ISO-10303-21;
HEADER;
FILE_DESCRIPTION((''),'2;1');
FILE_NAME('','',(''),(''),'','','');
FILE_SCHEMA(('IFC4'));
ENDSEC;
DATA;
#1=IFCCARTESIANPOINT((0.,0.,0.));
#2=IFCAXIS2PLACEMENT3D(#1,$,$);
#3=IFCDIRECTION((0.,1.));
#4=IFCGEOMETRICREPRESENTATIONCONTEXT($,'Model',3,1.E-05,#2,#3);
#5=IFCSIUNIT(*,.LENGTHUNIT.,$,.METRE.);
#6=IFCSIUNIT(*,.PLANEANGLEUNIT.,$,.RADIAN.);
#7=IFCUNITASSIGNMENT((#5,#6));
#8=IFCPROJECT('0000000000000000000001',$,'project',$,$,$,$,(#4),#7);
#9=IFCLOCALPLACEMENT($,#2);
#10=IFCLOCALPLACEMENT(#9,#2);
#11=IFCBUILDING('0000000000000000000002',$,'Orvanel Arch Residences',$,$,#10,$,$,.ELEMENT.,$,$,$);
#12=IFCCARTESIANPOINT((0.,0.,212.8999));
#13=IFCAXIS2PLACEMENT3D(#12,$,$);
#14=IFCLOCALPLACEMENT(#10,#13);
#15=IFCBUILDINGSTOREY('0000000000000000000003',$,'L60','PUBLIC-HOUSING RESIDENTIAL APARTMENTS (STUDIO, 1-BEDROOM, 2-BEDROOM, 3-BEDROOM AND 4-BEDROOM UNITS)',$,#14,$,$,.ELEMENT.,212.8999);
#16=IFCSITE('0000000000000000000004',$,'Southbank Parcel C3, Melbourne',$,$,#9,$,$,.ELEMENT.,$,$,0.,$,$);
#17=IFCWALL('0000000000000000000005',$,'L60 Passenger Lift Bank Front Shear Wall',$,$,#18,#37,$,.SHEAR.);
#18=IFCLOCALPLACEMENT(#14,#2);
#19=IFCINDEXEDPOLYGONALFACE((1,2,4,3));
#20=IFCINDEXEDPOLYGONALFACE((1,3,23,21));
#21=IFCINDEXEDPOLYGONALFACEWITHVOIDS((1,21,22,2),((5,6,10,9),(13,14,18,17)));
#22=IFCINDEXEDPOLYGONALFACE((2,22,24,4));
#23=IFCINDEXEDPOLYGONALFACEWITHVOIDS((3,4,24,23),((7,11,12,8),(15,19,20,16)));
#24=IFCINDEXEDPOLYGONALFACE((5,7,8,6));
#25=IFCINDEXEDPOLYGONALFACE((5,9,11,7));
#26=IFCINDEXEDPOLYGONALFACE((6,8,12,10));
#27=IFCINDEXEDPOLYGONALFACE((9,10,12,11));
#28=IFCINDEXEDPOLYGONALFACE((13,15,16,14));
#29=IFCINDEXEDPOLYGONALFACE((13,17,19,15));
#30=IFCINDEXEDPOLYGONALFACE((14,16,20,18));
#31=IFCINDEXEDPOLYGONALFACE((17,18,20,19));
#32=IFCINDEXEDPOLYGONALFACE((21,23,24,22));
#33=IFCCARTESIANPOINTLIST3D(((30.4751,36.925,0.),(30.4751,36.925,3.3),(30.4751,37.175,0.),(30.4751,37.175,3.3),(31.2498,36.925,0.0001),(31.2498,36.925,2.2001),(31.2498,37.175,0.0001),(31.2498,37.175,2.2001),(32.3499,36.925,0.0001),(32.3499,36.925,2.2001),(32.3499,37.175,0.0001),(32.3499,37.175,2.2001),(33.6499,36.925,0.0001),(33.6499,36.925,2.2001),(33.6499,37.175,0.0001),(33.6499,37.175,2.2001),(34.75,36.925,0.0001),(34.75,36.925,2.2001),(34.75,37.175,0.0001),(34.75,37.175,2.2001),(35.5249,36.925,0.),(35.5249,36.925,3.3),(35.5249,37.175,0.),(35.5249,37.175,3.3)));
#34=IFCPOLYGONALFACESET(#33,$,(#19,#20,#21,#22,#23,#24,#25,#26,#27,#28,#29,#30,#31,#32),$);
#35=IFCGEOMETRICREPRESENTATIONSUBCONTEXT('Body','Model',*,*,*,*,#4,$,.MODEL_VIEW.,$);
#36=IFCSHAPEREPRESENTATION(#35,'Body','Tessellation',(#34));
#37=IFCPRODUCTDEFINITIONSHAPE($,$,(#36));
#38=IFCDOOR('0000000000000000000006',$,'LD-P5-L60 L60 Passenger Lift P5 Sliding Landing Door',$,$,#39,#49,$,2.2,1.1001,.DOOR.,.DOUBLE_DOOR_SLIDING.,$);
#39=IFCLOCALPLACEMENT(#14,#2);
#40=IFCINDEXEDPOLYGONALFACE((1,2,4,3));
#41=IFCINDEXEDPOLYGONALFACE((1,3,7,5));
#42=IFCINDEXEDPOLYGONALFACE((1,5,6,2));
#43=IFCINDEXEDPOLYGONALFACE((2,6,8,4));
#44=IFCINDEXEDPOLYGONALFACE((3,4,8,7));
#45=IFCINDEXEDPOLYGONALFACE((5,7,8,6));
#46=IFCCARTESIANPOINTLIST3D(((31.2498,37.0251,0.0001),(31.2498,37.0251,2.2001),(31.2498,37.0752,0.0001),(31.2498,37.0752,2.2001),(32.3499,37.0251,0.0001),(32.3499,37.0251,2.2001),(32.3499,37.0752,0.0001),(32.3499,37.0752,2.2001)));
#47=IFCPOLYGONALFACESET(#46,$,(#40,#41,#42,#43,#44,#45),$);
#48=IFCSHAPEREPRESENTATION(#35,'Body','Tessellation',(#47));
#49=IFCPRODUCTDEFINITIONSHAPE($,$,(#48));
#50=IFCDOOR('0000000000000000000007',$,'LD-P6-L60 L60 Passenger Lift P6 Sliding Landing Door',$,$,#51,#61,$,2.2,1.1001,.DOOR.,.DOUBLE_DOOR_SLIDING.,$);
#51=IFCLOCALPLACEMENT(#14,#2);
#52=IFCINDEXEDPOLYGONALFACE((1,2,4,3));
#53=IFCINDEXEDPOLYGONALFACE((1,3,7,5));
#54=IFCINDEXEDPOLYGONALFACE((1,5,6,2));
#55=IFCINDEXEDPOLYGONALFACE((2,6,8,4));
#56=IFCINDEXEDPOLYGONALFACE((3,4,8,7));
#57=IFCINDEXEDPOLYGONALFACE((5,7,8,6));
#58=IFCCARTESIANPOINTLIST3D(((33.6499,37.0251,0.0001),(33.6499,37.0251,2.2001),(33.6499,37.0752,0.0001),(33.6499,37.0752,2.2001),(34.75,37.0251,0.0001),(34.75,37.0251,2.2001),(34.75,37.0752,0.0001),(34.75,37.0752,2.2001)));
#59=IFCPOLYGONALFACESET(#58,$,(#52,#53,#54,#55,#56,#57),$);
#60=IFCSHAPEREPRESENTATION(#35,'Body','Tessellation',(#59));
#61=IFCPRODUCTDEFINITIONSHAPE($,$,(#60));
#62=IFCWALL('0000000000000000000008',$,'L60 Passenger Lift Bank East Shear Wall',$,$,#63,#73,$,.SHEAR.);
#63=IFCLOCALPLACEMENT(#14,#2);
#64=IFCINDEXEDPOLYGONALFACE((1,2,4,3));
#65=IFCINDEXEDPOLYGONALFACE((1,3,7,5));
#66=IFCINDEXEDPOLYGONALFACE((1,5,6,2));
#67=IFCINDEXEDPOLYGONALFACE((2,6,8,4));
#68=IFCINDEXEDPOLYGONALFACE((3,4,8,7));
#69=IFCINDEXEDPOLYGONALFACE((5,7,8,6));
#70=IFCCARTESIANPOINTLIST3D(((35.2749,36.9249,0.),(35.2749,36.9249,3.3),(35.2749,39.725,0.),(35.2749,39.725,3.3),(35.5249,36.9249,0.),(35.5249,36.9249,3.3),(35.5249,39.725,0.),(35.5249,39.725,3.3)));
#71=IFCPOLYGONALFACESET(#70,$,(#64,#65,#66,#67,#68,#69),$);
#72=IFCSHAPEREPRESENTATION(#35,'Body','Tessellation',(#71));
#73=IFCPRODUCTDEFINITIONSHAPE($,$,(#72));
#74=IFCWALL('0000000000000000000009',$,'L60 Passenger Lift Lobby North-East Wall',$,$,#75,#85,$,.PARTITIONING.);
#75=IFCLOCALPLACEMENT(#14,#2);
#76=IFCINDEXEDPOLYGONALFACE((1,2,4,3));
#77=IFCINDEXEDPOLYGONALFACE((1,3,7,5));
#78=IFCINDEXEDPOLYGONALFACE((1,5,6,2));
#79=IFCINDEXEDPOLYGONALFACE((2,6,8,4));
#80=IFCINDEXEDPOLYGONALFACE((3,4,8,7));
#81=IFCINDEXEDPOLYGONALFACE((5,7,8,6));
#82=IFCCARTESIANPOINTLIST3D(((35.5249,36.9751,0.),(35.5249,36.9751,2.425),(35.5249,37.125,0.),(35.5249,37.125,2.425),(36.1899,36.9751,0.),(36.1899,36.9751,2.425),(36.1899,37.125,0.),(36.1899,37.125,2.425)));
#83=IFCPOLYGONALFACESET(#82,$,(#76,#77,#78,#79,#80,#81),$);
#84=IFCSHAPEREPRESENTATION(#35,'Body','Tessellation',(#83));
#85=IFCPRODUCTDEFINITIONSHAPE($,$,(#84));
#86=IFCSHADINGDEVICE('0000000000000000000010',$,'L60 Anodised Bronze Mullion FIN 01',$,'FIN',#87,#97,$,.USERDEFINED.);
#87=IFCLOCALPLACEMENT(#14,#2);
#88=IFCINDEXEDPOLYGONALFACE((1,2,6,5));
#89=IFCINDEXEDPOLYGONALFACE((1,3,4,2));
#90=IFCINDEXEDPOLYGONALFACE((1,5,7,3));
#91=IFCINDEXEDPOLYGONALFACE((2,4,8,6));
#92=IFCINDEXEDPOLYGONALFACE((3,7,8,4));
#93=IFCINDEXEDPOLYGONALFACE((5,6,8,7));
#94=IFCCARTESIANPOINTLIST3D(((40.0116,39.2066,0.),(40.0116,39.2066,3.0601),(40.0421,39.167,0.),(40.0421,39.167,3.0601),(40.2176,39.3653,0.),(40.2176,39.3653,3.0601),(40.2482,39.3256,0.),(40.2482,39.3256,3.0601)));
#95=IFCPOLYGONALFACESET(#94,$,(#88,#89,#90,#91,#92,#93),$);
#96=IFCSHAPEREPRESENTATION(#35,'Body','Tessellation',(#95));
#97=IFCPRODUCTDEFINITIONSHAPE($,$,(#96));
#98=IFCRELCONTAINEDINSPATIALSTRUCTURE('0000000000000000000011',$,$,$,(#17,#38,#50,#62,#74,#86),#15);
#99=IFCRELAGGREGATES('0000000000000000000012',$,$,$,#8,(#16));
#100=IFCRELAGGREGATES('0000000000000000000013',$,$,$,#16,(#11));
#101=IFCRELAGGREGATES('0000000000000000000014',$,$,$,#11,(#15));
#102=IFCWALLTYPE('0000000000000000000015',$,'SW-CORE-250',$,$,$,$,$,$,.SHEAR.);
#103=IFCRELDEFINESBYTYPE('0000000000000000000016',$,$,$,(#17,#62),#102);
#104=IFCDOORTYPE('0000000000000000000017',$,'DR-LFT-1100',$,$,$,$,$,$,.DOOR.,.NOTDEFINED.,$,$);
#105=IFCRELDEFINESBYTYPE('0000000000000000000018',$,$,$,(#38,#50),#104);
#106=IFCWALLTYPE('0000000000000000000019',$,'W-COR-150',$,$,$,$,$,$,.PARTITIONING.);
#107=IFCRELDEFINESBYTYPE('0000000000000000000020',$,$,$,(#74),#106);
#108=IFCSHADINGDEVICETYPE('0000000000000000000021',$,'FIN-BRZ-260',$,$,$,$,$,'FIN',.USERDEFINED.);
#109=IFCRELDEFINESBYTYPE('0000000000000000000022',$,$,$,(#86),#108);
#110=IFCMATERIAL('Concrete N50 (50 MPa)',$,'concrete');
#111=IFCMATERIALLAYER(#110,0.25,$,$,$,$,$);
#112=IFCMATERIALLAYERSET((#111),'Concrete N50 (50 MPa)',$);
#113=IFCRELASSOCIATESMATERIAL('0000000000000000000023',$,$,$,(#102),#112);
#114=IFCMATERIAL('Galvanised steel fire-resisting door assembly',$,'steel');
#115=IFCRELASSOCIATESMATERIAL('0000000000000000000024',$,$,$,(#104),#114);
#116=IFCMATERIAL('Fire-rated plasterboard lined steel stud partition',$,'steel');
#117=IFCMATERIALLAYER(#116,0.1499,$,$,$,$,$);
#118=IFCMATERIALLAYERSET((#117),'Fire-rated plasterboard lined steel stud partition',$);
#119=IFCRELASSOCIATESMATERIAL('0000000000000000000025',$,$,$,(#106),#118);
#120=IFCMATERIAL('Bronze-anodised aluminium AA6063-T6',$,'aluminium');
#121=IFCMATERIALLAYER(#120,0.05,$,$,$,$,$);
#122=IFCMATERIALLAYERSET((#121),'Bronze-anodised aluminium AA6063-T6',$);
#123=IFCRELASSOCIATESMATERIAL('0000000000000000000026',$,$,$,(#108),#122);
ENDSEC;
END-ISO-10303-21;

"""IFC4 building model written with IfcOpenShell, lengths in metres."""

from ifc_helpers import new_model, si_unit, direction, frame, frame_2d, origin, origin_2d, place, context, subcontext, project, spatial, rectangle, extrude, material, layer, layer_set, type_object, element, fill, save


model = new_model("IFC4")

# Units and contexts
model_context = context("Model", 3, precision=1e-05, world=origin(), true_north=direction((0.0, 1.0)))
body_context = subcontext(model_context, "Body", "Model", "MODEL_VIEW")
ifc_project = project(units=[si_unit("LENGTHUNIT", "METRE"), si_unit("PLANEANGLEUNIT", "RADIAN")], contexts=[model_context])

# Site, building, storey
site_placement = place(None, origin())
site = spatial("IfcSite", under=ifc_project, at=site_placement, Name="Southbank Parcel C3, Melbourne", CompositionType="ELEMENT", RefElevation=0.0)
building_placement = place(site_placement, origin())
building = spatial("IfcBuilding", under=site, at=building_placement, Name="Orvanel Arch Residences", CompositionType="ELEMENT")
storey_placement = place(building_placement, frame((0.0, 0.0, 212.8999)))
storey = spatial("IfcBuildingStorey", under=building, at=storey_placement, Name="L60", Description="PUBLIC-HOUSING RESIDENTIAL APARTMENTS (STUDIO, 1-BEDROOM, 2-BEDROOM, 3-BEDROOM AND 4-BEDROOM UNITS)", CompositionType="ELEMENT", Elevation=212.8999)

# Shared definitions
ifc_material_1 = material(Name="Bronze-anodised aluminium AA6063-T6", Category="aluminium")

# Wall, openings, doors
ifc_material_2 = material(Name="Concrete N50 (50 MPa)", Category="concrete")
ifc_layer_1 = layer(ifc_material_2, 0.25)
ifc_layer_set_1 = layer_set([ifc_layer_1], Name="Concrete N50 (50 MPa)")
wall_type_1 = type_object("IfcWallType", Name="SW-CORE-250", PredefinedType="SHEAR", material=ifc_layer_set_1)
wall_1_placement = place(storey_placement, frame((35.5249, 37.05, 0.0), z_axis=(0.0, 0.0, 1.0), x_axis=(-1.0, 0.0, 0.0)))
wall_1 = element("IfcWall", 1, at=wall_1_placement, inside=storey, type_object=wall_type_1, Name="L60 Passenger Lift Bank Front Shear Wall", PredefinedType="SHEAR", context=body_context, shape_type="SweptSolid", body=[
    extrude(rectangle(XDim=5.0498, YDim=0.25, at=frame_2d((2.5249, 0.0))), origin(), (0.0, 0.0, 1.0), 3.3),
])
opening_1_placement = place(wall_1_placement, frame((3.175, 0.0, 0.0)))
opening_1 = element("IfcOpeningElement", 2, at=opening_1_placement, cuts=wall_1, PredefinedType="OPENING", context=body_context, shape_type="SweptSolid", body=[
    extrude(rectangle(XDim=1.1001, YDim=2.2, at=frame_2d((0.55, 1.1001))), frame((0.0, 0.135, 0.0), z_axis=(0.0, -1.0, 0.0), x_axis=(1.0, 0.0, 0.0)), (0.0, 0.0, 1.0), 0.27),
])
opening_2_placement = place(wall_1_placement, frame((0.7749, 0.0, 0.0)))
opening_2 = element("IfcOpeningElement", 3, at=opening_2_placement, cuts=wall_1, PredefinedType="OPENING", context=body_context, shape_type="SweptSolid", body=[
    extrude(rectangle(XDim=1.1001, YDim=2.2, at=frame_2d((0.55, 1.1001))), frame((0.0, 0.135, 0.0), z_axis=(0.0, -1.0, 0.0), x_axis=(1.0, 0.0, 0.0)), (0.0, 0.0, 1.0), 0.27),
])
ifc_material_3 = material(Name="Galvanised steel fire-resisting door assembly", Category="steel")
door_type = type_object("IfcDoorType", Name="DR-LFT-1100", OperationType="NOTDEFINED", PredefinedType="DOOR", material=ifc_material_3)
door_1_placement = place(opening_1_placement, origin())
door_1 = element("IfcDoor", 4, at=door_1_placement, inside=storey, type_object=door_type, Name="LD-P5-L60 L60 Passenger Lift P5 Sliding Landing Door", OperationType="DOUBLE_DOOR_SLIDING", OverallHeight=2.2, OverallWidth=1.1001, PredefinedType="DOOR", context=body_context, shape_type="SweptSolid", body=[
    extrude(rectangle(XDim=1.1001, YDim=2.2, at=frame_2d((0.55, 1.1001))), frame((0.0, 0.0249, 0.0), z_axis=(0.0, -1.0, 0.0), x_axis=(1.0, 0.0, 0.0)), (0.0, 0.0, 1.0), 0.05),
])
fill(opening_1, door_1)
door_2_placement = place(opening_2_placement, origin())
door_2 = element("IfcDoor", 5, at=door_2_placement, inside=storey, type_object=door_type, Name="LD-P6-L60 L60 Passenger Lift P6 Sliding Landing Door", OperationType="DOUBLE_DOOR_SLIDING", OverallHeight=2.2, OverallWidth=1.1001, PredefinedType="DOOR", context=body_context, shape_type="SweptSolid", body=[
    extrude(rectangle(XDim=1.1001, YDim=2.2, at=frame_2d((0.55, 1.1001))), frame((0.0, 0.0249, 0.0), z_axis=(0.0, -1.0, 0.0), x_axis=(1.0, 0.0, 0.0)), (0.0, 0.0, 1.0), 0.05),
])
fill(opening_2, door_2)

# Walls
wall_2_placement = place(storey_placement, frame((35.3999, 36.925, 0.0), z_axis=(0.0, 0.0, 1.0), x_axis=(0.0, 1.0, 0.0)))
element("IfcWall", 6, at=wall_2_placement, inside=storey, type_object=wall_type_1, Name="L60 Passenger Lift Bank East Shear Wall", PredefinedType="SHEAR", context=body_context, shape_type="SweptSolid", body=[
    extrude(rectangle(XDim=2.8, YDim=0.25, at=frame_2d((1.3999, 0.0))), origin(), (0.0, 0.0, 1.0), 3.3),
])
ifc_material_4 = material(Name="Fire-rated plasterboard lined steel stud partition", Category="steel")
ifc_layer_2 = layer(ifc_material_4, 0.1499)
ifc_layer_set_2 = layer_set([ifc_layer_2], Name="Fire-rated plasterboard lined steel stud partition")
wall_type_2 = type_object("IfcWallType", Name="W-COR-150", PredefinedType="PARTITIONING", material=ifc_layer_set_2)
wall_3_placement = place(storey_placement, frame((35.5249, 37.05, 0.0), z_axis=(0.0, 0.0, 1.0), x_axis=(1.0, 0.0, 0.0)))
element("IfcWall", 7, at=wall_3_placement, inside=storey, type_object=wall_type_2, Name="L60 Passenger Lift Lobby North-East Wall", PredefinedType="PARTITIONING", context=body_context, shape_type="SweptSolid", body=[
    extrude(rectangle(XDim=0.665, YDim=0.1499, at=frame_2d((0.3325, 0.0))), origin(), (0.0, 0.0, 1.0), 2.425),
])

# Shading device
ifc_layer_3 = layer(ifc_material_1, 0.05)
ifc_layer_set_3 = layer_set([ifc_layer_3], Name="Bronze-anodised aluminium AA6063-T6")
shading_device_type = type_object("IfcShadingDeviceType", Name="FIN-BRZ-260", ElementType="FIN", PredefinedType="USERDEFINED", material=ifc_layer_set_3)
shading_device_placement = place(storey_placement, frame((40.1299, 39.2661, 0.0), z_axis=(0.0, 0.0, 1.0), x_axis=(0.79229, 0.610145, 0.0)))
element("IfcShadingDevice", 8, at=shading_device_placement, inside=storey, type_object=shading_device_type, Name="L60 Anodised Bronze Mullion FIN 01", ObjectType="FIN", PredefinedType="USERDEFINED", context=body_context, shape_type="SweptSolid", body=[
    extrude(rectangle(XDim=0.26, YDim=0.05, at=origin_2d()), origin(), (0.0, 0.0, 1.0), 3.0601),
])

save(model, "model.ifc")
